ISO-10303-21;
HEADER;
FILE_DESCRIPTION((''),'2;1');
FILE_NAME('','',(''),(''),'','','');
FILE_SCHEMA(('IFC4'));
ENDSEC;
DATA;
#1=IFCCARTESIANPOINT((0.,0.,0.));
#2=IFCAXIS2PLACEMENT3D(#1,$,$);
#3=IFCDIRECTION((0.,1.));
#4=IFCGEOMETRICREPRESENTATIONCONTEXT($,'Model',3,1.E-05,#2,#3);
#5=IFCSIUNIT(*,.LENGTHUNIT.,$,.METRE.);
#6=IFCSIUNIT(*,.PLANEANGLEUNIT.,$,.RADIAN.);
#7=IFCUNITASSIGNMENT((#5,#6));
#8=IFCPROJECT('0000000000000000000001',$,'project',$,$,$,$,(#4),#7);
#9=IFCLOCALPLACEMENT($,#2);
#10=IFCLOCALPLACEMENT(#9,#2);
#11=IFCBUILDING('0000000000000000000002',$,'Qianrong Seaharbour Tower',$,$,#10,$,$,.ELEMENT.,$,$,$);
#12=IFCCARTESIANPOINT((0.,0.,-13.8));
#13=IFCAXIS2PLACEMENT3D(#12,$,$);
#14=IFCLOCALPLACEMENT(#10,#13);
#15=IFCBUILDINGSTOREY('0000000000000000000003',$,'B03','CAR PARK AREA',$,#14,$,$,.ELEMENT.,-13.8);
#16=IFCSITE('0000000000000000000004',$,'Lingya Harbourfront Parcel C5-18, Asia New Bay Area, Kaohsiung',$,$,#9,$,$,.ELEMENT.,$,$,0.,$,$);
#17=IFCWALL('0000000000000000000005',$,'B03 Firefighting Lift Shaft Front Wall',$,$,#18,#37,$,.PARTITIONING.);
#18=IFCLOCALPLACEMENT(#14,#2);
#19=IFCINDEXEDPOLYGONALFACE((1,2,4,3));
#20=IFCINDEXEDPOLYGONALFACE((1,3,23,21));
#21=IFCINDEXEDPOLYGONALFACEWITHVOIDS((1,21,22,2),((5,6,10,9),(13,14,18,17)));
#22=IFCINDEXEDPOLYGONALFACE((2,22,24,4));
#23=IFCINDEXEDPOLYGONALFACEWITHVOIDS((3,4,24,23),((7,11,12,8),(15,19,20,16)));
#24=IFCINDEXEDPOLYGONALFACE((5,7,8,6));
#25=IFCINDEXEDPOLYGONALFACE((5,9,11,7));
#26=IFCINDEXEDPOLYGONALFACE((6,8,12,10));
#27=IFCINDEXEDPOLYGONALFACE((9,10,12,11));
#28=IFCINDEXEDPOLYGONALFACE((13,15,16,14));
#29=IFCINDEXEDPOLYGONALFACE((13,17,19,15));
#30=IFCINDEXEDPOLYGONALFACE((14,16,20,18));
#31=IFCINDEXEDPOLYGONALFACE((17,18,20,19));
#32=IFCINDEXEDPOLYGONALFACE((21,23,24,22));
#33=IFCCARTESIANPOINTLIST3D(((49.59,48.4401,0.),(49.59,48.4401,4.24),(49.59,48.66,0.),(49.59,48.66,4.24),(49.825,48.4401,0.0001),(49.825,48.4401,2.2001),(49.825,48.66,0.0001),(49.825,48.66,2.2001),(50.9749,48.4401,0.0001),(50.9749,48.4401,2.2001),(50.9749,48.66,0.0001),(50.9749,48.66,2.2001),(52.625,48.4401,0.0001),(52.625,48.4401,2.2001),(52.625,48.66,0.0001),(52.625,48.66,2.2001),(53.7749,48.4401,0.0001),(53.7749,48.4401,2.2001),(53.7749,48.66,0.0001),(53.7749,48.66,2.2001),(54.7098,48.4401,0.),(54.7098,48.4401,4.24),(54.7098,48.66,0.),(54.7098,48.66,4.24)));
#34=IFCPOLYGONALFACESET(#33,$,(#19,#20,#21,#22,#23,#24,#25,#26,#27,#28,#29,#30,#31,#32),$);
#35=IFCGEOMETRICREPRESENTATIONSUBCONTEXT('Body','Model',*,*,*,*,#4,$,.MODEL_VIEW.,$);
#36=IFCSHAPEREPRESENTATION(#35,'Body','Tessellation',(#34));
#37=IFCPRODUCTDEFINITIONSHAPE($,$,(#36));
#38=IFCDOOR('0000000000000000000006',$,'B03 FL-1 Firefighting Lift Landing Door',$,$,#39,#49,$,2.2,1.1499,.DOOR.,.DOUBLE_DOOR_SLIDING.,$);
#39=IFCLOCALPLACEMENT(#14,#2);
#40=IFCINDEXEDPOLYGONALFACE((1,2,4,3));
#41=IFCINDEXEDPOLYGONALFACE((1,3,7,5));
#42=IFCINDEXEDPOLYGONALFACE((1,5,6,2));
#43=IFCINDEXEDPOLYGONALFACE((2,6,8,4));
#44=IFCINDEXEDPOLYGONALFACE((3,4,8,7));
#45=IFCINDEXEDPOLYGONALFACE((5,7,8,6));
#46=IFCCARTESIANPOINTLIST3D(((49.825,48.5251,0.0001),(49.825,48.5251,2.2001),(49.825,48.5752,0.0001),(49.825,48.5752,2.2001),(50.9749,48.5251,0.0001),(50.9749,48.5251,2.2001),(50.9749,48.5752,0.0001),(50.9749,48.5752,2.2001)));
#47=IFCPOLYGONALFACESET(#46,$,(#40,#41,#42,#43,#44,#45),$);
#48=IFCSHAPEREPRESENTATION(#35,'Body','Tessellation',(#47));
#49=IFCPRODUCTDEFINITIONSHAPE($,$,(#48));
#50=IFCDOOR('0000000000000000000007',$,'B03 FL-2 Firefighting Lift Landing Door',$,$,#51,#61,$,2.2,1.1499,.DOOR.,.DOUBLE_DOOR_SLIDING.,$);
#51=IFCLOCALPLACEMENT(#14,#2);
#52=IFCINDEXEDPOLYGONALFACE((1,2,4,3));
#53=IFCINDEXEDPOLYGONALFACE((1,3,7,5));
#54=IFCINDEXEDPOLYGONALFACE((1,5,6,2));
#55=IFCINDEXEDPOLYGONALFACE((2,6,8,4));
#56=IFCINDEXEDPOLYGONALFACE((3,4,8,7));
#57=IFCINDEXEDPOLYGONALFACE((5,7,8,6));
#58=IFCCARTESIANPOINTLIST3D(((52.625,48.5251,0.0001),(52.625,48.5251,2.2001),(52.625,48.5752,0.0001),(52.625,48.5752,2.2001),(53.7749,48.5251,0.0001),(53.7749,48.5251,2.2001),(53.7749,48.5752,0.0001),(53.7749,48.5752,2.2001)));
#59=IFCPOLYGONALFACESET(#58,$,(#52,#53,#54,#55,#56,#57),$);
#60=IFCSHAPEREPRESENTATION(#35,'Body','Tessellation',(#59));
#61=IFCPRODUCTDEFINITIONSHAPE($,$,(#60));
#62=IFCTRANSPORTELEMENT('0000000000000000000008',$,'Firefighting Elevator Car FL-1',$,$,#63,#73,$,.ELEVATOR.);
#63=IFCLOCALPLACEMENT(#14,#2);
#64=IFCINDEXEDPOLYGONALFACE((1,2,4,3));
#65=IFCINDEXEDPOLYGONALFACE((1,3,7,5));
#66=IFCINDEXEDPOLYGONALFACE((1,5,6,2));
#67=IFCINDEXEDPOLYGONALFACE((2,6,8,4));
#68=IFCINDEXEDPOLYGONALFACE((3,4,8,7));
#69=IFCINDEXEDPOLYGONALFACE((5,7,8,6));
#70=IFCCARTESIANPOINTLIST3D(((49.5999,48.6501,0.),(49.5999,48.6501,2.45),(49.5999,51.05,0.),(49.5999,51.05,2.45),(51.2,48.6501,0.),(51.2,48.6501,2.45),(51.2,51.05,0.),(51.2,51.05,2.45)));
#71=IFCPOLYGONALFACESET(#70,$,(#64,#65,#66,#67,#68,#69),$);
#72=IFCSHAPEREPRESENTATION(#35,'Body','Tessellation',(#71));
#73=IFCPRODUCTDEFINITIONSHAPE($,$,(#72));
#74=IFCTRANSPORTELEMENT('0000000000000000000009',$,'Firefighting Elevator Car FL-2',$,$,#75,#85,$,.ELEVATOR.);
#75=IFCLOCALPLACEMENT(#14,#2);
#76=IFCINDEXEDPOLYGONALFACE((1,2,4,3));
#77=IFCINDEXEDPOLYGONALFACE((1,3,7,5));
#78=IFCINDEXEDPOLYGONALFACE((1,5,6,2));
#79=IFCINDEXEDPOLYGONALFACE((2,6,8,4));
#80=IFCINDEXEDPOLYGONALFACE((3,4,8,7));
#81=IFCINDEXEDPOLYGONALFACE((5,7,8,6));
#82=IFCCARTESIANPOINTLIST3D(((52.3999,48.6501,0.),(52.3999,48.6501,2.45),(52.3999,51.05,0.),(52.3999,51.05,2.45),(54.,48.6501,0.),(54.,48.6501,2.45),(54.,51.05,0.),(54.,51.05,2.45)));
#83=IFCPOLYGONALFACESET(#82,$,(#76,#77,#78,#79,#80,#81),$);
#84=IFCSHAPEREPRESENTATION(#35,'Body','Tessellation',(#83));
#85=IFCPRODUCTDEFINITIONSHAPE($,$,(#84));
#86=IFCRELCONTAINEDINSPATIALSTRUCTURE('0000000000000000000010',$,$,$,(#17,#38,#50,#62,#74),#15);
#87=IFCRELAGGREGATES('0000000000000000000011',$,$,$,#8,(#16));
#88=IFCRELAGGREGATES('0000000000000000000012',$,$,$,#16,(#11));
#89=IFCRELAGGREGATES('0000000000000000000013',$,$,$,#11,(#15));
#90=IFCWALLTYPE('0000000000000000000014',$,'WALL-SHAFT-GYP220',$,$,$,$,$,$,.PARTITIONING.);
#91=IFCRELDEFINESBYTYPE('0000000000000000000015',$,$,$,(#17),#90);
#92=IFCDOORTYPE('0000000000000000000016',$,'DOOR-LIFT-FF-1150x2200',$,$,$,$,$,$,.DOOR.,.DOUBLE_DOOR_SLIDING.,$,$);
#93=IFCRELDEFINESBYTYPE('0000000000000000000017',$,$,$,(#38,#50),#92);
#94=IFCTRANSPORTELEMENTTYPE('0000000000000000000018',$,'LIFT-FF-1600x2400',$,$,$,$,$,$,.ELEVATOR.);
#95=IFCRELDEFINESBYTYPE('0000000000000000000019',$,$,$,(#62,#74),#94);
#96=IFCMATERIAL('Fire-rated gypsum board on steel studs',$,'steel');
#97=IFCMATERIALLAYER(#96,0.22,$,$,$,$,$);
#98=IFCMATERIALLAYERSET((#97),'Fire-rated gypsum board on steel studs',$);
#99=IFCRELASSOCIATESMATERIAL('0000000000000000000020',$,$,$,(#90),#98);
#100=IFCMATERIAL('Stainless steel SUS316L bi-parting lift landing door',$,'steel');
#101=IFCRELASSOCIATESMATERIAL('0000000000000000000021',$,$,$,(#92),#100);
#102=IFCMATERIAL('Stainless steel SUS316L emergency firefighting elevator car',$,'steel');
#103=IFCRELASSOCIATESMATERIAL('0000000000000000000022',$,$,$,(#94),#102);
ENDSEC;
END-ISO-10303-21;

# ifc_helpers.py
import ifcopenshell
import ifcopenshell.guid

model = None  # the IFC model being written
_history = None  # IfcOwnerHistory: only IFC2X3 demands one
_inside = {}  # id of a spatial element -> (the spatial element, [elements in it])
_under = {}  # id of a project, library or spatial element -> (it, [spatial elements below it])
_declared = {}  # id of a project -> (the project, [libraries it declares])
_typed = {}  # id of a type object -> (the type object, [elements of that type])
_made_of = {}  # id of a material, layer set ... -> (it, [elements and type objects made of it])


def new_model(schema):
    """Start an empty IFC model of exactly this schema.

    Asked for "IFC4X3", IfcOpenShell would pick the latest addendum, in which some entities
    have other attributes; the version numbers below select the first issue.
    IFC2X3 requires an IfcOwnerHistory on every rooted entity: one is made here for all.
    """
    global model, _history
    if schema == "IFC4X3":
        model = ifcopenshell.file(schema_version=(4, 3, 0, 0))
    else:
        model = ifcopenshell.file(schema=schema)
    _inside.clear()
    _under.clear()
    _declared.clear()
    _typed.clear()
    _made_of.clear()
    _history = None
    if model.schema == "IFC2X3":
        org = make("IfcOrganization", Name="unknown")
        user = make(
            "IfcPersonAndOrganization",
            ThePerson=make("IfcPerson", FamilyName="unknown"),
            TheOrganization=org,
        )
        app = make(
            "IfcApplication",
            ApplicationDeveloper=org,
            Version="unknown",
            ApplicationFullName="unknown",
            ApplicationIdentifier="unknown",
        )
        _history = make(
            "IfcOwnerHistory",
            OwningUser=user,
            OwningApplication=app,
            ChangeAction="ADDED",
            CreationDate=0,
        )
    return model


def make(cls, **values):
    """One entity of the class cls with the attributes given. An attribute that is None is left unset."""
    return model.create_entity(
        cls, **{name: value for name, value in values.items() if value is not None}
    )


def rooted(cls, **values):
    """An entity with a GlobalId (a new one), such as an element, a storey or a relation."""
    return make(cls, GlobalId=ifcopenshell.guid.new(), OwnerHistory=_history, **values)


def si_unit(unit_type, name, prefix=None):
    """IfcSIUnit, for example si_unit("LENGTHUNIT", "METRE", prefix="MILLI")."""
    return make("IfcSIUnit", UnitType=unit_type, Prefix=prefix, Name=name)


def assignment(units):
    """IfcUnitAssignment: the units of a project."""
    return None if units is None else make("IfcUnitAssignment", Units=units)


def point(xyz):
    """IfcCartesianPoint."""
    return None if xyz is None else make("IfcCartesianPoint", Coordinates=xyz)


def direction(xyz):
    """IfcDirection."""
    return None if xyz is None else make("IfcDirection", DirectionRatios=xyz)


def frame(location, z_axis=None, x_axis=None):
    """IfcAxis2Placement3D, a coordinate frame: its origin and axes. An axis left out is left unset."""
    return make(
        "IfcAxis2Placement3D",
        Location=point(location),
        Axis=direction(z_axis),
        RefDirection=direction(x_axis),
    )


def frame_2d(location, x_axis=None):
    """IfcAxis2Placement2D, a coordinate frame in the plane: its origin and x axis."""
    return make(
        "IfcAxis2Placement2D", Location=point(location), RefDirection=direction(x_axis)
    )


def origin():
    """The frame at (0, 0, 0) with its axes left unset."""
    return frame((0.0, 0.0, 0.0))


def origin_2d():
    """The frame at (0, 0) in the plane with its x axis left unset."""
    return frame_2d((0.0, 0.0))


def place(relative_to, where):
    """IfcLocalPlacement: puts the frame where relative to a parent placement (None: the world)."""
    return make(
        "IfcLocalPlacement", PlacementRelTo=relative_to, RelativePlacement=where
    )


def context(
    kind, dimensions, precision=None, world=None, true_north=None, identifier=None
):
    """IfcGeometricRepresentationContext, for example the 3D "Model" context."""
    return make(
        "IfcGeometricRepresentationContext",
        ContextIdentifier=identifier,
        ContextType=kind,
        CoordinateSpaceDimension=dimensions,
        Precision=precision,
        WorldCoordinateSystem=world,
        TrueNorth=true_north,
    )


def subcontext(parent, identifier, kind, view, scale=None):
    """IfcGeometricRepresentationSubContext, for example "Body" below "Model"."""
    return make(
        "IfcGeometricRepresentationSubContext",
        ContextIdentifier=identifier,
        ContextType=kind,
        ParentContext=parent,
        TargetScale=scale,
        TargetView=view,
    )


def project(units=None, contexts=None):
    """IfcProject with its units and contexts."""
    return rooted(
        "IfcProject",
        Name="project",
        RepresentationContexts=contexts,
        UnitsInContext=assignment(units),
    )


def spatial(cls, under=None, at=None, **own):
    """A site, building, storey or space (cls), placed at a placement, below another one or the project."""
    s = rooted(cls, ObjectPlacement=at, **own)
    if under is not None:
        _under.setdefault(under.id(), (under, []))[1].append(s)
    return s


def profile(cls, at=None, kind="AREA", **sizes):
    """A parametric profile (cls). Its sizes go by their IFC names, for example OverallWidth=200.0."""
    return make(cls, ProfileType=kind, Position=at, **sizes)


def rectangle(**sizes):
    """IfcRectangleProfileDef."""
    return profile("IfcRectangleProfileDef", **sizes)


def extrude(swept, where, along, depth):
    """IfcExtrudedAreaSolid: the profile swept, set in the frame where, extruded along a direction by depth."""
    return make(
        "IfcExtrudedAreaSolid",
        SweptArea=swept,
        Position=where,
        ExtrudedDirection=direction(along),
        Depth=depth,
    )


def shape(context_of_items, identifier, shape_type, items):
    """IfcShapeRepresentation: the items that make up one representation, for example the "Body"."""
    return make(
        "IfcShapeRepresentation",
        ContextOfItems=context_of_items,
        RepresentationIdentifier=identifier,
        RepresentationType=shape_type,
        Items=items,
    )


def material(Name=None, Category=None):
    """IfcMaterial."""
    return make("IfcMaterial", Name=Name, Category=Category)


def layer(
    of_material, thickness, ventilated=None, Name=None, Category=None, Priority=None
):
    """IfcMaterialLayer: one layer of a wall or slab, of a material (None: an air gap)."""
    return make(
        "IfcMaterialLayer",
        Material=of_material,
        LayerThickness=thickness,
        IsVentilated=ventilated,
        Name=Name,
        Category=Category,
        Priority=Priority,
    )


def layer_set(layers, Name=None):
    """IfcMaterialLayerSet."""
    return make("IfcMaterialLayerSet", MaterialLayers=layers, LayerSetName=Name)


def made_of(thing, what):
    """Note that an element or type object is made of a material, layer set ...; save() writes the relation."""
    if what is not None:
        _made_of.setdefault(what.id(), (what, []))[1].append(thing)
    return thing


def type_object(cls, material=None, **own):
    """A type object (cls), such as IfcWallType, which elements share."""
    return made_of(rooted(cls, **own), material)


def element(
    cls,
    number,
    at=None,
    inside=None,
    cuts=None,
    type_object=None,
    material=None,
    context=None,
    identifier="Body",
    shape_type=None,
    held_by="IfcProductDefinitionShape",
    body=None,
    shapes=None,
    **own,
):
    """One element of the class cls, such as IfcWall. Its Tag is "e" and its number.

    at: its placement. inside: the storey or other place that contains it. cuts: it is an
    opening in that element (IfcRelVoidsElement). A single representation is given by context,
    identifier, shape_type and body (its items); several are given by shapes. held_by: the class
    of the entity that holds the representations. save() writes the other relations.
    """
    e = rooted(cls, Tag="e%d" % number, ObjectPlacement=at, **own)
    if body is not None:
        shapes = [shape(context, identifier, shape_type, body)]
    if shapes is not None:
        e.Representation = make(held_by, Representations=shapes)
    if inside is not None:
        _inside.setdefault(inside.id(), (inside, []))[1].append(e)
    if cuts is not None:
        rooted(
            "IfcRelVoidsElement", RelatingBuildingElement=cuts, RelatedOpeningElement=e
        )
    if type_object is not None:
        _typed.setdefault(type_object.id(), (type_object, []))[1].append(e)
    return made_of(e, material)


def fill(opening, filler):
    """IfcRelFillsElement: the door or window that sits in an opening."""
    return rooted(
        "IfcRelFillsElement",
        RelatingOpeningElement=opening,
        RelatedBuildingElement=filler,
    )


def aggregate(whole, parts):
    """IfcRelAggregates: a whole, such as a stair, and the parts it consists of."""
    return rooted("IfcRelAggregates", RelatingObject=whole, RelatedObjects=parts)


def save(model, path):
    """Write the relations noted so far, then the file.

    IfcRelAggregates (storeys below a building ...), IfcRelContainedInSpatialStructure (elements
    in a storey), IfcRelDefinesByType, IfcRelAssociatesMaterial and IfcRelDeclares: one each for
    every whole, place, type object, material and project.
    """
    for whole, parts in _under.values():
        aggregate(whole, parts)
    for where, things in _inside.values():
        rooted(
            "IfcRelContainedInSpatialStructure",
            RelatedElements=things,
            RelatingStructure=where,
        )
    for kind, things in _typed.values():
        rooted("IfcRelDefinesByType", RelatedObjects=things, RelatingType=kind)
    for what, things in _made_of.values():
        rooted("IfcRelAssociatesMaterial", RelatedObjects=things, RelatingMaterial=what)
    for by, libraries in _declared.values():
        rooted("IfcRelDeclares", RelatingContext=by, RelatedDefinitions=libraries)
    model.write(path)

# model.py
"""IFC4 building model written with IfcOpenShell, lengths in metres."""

from ifc_helpers import new_model, si_unit, direction, frame, frame_2d, origin, origin_2d, place, context, subcontext, project, spatial, rectangle, extrude, material, layer, layer_set, type_object, element, fill, save


model = new_model("IFC4")

# Units and contexts
model_context = context("Model", 3, precision=1e-05, world=origin(), true_north=direction((0.0, 1.0)))
body_context = subcontext(model_context, "Body", "Model", "MODEL_VIEW")
ifc_project = project(units=[si_unit("LENGTHUNIT", "METRE"), si_unit("PLANEANGLEUNIT", "RADIAN")], contexts=[model_context])

# Site, building, storey
site_placement = place(None, origin())
site = spatial("IfcSite", under=ifc_project, at=site_placement, Name="Lingya Harbourfront Parcel C5-18, Asia New Bay Area, Kaohsiung", CompositionType="ELEMENT", RefElevation=0.0)
building_placement = place(site_placement, origin())
building = spatial("IfcBuilding", under=site, at=building_placement, Name="Qianrong Seaharbour Tower", CompositionType="ELEMENT")
storey_placement = place(building_placement, frame((0.0, 0.0, -13.8)))
storey = spatial("IfcBuildingStorey", under=building, at=storey_placement, Name="B03", Description="CAR PARK AREA", CompositionType="ELEMENT", Elevation=-13.8)

# Shared definitions
ifc_material_1 = material(Name="Fire-rated gypsum board on steel studs", Category="steel")

# Wall, openings, doors
ifc_layer_1 = layer(ifc_material_1, 0.22)
ifc_layer_set_1 = layer_set([ifc_layer_1], Name="Fire-rated gypsum board on steel studs")
wall_type_1 = type_object("IfcWallType", Name="WALL-SHAFT-GYP220", PredefinedType="PARTITIONING", material=ifc_layer_set_1)
wall_1_placement = place(storey_placement, frame((54.71, 48.55, 0.0), z_axis=(0.0, 0.0, 1.0), x_axis=(-1.0, 0.0, 0.0)))
wall_1 = element("IfcWall", 1, at=wall_1_placement, inside=storey, type_object=wall_type_1, Name="B03 Firefighting Lift Shaft Front Wall", PredefinedType="PARTITIONING", context=body_context, shape_type="SweptSolid", body=[
    extrude(rectangle(XDim=5.1199, YDim=0.22, at=frame_2d((2.5601, 0.0))), origin(), (0.0, 0.0, 1.0), 4.24),
])
opening_1_placement = place(wall_1_placement, frame((3.7351, 0.0, 0.0)))
opening_1 = element("IfcOpeningElement", 2, at=opening_1_placement, cuts=wall_1, PredefinedType="OPENING", context=body_context, shape_type="SweptSolid", body=[
    extrude(rectangle(XDim=1.1499, YDim=2.2, at=frame_2d((0.575, 1.1001))), frame((0.0, 0.1201, 0.0), z_axis=(0.0, -1.0, 0.0), x_axis=(1.0, 0.0, 0.0)), (0.0, 0.0, 1.0), 0.24),
])
opening_2_placement = place(wall_1_placement, frame((0.9351, 0.0, 0.0)))
opening_2 = element("IfcOpeningElement", 3, at=opening_2_placement, cuts=wall_1, PredefinedType="OPENING", context=body_context, shape_type="SweptSolid", body=[
    extrude(rectangle(XDim=1.1499, YDim=2.2, at=frame_2d((0.575, 1.1001))), frame((0.0, 0.1201, 0.0), z_axis=(0.0, -1.0, 0.0), x_axis=(1.0, 0.0, 0.0)), (0.0, 0.0, 1.0), 0.24),
])
ifc_material_2 = material(Name="Stainless steel SUS316L bi-parting lift landing door", Category="steel")
door_type_1 = type_object("IfcDoorType", Name="DOOR-LIFT-FF-1150x2200", OperationType="DOUBLE_DOOR_SLIDING", PredefinedType="DOOR", material=ifc_material_2)
door_1_placement = place(opening_1_placement, origin())
door_1 = element("IfcDoor", 4, at=door_1_placement, inside=storey, type_object=door_type_1, Name="B03 FL-1 Firefighting Lift Landing Door", OperationType="DOUBLE_DOOR_SLIDING", OverallHeight=2.2, OverallWidth=1.1499, PredefinedType="DOOR", context=body_context, shape_type="SweptSolid", body=[
    extrude(rectangle(XDim=1.1499, YDim=2.2, at=frame_2d((0.575, 1.1001))), frame((0.0, 0.0249, 0.0), z_axis=(0.0, -1.0, 0.0), x_axis=(1.0, 0.0, 0.0)), (0.0, 0.0, 1.0), 0.05),
])
fill(opening_1, door_1)
door_2_placement = place(opening_2_placement, origin())
door_2 = element("IfcDoor", 5, at=door_2_placement, inside=storey, type_object=door_type_1, Name="B03 FL-2 Firefighting Lift Landing Door", OperationType="DOUBLE_DOOR_SLIDING", OverallHeight=2.2, OverallWidth=1.1499, PredefinedType="DOOR", context=body_context, shape_type="SweptSolid", body=[
    extrude(rectangle(XDim=1.1499, YDim=2.2, at=frame_2d((0.575, 1.1001))), frame((0.0, 0.0249, 0.0), z_axis=(0.0, -1.0, 0.0), x_axis=(1.0, 0.0, 0.0)), (0.0, 0.0, 1.0), 0.05),
])
fill(opening_2, door_2)

# Transport elements
ifc_material_3 = material(Name="Stainless steel SUS316L emergency firefighting elevator car", Category="steel")
transport_element_type = type_object("IfcTransportElementType", Name="LIFT-FF-1600x2400", PredefinedType="ELEVATOR", material=ifc_material_3)
for number, where, z_axis, x_axis, name in (
    (6, (50.3999, 49.8501, 0.0), (0.0, 0.0, 1.0), (1.0, 0.0, 0.0), "Firefighting Elevator Car FL-1"),
    (7, (53.2, 49.8501, 0.0), (0.0, 0.0, 1.0), (1.0, 0.0, 0.0), "Firefighting Elevator Car FL-2"),
):
    element("IfcTransportElement", number, at=place(storey_placement, frame(where, z_axis=z_axis, x_axis=x_axis)), inside=storey, type_object=transport_element_type, Name=name, PredefinedType="ELEVATOR", context=body_context, shape_type="SweptSolid", body=[
        extrude(rectangle(XDim=1.6001, YDim=2.3999, at=origin_2d()), origin(), (0.0, 0.0, 1.0), 2.45),
    ])

save(model, "model.ifc")
